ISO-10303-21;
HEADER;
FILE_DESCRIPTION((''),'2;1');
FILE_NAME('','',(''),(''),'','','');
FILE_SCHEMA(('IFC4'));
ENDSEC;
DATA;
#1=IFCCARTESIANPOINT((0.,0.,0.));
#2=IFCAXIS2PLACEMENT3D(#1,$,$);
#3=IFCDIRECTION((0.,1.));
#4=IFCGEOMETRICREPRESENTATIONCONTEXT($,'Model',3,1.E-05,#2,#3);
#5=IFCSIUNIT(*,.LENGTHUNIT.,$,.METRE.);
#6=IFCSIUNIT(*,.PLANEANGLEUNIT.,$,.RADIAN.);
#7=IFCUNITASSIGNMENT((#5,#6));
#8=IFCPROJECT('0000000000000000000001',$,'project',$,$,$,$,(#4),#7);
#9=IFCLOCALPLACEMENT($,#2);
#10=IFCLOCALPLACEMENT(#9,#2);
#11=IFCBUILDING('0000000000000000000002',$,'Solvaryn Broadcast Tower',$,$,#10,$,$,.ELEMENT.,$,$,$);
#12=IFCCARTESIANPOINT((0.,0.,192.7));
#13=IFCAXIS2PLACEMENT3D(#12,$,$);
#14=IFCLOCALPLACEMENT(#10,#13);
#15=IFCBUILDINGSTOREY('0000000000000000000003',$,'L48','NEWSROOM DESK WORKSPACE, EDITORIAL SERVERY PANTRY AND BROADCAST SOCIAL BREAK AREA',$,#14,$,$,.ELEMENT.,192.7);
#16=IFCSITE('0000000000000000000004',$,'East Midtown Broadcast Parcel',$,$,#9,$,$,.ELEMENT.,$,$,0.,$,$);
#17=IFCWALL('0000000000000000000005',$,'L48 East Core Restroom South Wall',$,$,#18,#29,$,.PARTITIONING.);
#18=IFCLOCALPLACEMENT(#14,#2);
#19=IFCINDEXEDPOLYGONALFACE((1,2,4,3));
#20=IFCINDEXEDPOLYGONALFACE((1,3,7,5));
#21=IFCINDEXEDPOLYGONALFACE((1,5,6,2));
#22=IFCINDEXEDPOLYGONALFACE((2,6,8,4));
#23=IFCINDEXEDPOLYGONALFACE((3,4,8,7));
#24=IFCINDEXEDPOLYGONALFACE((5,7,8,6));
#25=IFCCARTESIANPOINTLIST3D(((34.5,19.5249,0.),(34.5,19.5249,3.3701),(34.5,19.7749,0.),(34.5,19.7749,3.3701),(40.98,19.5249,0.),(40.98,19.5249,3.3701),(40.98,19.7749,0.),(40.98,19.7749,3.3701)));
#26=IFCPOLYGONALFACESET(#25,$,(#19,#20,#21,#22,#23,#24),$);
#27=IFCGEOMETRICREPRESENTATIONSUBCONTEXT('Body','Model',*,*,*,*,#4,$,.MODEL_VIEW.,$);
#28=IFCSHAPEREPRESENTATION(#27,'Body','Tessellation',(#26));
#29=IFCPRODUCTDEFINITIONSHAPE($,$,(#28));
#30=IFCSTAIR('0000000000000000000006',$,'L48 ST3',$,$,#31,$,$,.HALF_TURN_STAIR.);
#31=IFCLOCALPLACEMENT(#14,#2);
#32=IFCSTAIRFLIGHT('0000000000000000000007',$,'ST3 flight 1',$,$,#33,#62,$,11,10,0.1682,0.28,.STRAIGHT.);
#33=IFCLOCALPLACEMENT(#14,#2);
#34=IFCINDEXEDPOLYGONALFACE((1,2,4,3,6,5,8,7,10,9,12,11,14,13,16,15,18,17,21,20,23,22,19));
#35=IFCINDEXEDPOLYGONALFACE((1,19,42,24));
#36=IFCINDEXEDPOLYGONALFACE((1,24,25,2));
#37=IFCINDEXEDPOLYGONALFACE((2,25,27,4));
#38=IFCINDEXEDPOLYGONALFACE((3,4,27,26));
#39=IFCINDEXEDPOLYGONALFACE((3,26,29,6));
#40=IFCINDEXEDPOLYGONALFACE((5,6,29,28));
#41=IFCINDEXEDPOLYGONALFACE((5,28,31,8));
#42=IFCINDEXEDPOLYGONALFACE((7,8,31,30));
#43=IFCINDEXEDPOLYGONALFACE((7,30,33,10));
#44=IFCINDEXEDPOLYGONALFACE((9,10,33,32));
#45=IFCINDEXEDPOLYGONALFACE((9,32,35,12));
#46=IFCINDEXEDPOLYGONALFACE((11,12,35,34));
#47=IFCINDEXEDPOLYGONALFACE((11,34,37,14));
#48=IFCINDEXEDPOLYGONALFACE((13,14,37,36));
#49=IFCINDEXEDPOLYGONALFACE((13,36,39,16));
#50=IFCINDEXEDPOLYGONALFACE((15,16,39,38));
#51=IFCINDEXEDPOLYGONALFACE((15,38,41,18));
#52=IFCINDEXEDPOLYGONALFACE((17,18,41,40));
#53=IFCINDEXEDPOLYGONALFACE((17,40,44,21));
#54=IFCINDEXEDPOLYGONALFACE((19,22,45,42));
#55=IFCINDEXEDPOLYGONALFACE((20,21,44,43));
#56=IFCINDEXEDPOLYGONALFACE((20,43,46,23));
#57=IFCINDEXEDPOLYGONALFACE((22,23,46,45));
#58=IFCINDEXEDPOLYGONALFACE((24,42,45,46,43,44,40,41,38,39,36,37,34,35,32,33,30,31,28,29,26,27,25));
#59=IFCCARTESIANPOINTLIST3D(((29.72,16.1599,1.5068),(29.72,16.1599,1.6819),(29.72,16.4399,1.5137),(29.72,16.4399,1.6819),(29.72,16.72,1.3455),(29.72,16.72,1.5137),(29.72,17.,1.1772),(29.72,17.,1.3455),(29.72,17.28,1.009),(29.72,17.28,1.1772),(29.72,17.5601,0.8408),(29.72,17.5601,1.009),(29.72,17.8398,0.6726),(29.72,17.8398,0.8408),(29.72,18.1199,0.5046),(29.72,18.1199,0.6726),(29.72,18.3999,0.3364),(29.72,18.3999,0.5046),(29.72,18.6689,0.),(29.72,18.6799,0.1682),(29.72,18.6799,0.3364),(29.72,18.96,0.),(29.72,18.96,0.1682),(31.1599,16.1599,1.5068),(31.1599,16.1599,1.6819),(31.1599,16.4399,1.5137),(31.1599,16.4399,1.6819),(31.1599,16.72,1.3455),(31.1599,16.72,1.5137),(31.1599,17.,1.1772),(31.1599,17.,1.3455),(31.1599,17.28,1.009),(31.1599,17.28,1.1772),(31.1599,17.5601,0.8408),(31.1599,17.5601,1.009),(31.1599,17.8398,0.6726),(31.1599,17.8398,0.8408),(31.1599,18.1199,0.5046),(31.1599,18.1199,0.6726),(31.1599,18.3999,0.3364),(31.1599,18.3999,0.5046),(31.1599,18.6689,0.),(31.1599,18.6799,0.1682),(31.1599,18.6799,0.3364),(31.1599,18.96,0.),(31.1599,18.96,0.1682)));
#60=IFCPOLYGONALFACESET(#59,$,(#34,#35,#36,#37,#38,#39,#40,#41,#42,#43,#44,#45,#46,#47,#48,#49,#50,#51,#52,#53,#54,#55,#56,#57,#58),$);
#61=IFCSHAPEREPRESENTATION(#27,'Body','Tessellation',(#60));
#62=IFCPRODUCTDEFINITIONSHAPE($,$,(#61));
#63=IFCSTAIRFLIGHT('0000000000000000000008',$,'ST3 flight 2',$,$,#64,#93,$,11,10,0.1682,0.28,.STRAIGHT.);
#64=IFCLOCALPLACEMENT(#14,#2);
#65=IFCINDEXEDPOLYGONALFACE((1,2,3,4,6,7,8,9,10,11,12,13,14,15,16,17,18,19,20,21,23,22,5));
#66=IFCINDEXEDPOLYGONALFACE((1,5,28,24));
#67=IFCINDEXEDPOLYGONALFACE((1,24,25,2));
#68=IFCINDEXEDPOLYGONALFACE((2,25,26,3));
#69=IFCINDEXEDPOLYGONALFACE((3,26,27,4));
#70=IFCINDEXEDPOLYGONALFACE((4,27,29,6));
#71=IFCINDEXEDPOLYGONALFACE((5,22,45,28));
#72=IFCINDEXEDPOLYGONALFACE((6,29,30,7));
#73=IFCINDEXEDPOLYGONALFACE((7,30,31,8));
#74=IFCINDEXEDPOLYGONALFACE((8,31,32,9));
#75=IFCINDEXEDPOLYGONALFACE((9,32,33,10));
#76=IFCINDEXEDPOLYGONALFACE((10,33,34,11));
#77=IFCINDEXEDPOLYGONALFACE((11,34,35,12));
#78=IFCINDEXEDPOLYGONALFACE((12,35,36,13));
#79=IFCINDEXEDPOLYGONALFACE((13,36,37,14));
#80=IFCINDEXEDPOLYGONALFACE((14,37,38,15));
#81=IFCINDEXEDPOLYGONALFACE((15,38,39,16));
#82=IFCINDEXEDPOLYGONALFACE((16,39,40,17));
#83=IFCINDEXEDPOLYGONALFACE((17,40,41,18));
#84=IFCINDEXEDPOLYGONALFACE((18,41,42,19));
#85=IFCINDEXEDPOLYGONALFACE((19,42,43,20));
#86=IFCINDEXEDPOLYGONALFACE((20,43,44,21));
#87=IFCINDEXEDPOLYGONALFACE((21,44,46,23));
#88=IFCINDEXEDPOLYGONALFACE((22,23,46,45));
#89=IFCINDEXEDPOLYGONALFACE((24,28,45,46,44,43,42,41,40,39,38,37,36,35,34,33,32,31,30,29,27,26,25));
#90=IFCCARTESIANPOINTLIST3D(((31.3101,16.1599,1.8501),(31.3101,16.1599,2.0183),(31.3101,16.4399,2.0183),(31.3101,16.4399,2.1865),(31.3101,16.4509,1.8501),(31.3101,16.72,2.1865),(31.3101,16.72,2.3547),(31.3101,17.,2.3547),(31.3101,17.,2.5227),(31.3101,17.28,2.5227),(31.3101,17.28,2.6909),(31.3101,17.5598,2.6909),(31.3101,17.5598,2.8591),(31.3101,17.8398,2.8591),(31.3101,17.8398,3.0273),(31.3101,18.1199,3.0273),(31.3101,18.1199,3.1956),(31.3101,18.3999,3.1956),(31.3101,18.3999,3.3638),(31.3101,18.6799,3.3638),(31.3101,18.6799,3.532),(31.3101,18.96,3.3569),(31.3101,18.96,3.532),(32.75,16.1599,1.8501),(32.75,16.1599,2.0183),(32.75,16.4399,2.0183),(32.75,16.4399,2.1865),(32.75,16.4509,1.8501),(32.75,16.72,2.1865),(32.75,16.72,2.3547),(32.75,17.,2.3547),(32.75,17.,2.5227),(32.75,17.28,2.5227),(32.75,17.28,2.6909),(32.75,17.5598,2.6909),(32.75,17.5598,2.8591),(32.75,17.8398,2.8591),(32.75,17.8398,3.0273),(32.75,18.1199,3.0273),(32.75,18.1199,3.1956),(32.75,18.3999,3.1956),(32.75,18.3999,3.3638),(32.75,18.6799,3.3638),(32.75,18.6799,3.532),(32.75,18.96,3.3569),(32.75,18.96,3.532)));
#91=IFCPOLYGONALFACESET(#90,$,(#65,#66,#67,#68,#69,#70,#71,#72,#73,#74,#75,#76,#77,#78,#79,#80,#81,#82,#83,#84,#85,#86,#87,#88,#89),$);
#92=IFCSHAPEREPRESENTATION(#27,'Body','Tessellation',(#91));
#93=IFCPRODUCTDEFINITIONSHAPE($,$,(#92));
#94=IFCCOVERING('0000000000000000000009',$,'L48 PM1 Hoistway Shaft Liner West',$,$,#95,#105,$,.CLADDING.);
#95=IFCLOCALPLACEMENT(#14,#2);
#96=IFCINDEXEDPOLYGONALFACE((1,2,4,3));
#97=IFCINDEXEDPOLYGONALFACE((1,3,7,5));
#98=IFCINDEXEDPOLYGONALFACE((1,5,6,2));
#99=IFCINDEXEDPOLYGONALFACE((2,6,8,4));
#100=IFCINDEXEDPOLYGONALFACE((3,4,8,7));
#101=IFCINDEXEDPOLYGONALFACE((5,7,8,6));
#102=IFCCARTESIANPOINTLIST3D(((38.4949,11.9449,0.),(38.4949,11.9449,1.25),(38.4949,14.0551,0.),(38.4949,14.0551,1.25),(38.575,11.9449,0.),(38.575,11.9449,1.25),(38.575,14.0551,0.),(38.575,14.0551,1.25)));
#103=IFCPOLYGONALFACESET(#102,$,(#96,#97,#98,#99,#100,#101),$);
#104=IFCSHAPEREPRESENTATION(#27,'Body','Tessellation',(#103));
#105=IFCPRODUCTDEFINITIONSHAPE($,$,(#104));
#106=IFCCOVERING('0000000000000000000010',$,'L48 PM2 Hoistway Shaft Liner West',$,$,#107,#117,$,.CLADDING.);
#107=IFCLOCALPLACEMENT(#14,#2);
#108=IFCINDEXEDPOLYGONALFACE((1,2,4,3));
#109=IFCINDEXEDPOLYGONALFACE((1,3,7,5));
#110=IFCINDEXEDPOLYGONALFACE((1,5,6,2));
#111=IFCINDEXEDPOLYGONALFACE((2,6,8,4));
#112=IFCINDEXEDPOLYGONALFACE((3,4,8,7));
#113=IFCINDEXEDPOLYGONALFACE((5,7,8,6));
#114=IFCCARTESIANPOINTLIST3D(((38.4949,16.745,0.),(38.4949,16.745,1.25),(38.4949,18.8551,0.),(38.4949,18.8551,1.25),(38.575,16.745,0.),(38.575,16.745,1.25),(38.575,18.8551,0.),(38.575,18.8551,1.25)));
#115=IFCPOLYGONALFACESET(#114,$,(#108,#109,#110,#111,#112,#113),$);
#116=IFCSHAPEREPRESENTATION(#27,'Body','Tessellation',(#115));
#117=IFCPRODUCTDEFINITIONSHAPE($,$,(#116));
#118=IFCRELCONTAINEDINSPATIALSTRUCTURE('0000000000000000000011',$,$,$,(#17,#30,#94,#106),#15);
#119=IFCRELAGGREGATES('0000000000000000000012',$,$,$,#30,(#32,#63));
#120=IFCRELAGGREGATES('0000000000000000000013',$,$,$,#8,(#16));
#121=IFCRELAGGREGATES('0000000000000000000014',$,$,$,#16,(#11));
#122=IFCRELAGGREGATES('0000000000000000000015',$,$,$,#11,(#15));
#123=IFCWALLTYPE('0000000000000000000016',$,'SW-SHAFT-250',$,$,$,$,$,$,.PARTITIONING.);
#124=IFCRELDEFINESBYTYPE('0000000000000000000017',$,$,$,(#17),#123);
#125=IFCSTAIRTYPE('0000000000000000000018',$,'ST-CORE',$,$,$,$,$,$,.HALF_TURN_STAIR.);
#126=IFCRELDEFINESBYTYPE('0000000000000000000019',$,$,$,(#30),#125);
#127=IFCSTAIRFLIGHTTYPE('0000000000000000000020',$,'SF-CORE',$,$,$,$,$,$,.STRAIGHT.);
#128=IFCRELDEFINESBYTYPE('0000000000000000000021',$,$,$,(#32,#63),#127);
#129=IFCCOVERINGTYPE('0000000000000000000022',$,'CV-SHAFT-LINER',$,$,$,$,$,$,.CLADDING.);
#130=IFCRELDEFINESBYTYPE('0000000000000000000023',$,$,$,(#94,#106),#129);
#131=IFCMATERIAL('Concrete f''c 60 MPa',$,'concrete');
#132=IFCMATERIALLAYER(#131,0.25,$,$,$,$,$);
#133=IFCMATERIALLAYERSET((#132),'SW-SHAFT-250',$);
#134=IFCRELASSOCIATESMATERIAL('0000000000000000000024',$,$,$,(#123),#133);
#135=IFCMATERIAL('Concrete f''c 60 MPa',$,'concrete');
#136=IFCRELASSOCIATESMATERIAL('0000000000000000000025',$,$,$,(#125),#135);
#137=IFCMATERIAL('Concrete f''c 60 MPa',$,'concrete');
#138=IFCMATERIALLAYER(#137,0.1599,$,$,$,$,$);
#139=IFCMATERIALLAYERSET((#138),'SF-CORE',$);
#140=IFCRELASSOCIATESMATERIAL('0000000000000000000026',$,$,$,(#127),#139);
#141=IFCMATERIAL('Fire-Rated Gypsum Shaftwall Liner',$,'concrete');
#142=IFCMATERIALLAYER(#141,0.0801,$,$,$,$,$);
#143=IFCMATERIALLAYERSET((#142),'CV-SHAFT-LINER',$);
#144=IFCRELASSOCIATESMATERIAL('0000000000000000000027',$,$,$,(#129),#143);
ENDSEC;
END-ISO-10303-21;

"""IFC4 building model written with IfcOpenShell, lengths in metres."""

from ifc_helpers import new_model, si_unit, direction, frame, frame_2d, origin, origin_2d, place, context, subcontext, project, spatial, polyline, rectangle, outline, extrude, material, layer, layer_set, type_object, element, aggregate, save


model = new_model("IFC4")

# Units and contexts
model_context = context("Model", 3, precision=1e-05, world=origin(), true_north=direction((0.0, 1.0)))
body_context = subcontext(model_context, "Body", "Model", "MODEL_VIEW")
ifc_project = project(units=[si_unit("LENGTHUNIT", "METRE"), si_unit("PLANEANGLEUNIT", "RADIAN")], contexts=[model_context])

# Site, building, storey
site_placement = place(None, origin())
site = spatial("IfcSite", under=ifc_project, at=site_placement, Name="East Midtown Broadcast Parcel", CompositionType="ELEMENT", RefElevation=0.0)
building_placement = place(site_placement, origin())
building = spatial("IfcBuilding", under=site, at=building_placement, Name="Solvaryn Broadcast Tower", CompositionType="ELEMENT")
storey_placement = place(building_placement, frame((0.0, 0.0, 192.7)))
storey = spatial("IfcBuildingStorey", under=building, at=storey_placement, Name="L48", Description="NEWSROOM DESK WORKSPACE, EDITORIAL SERVERY PANTRY AND BROADCAST SOCIAL BREAK AREA", CompositionType="ELEMENT", Elevation=192.7)

# Wall
ifc_material_1 = material(Name="Concrete f'c 60 MPa", Category="concrete")
ifc_layer_1 = layer(ifc_material_1, 0.25)
ifc_layer_set_1 = layer_set([ifc_layer_1], Name="SW-SHAFT-250")
wall_type_1 = type_object("IfcWallType", Name="SW-SHAFT-250", PredefinedType="PARTITIONING", material=ifc_layer_set_1)
wall_1_placement = place(storey_placement, frame((34.5, 19.6499, 0.0), z_axis=(0.0, 0.0, 1.0), x_axis=(1.0, 0.0, 0.0)))
element("IfcWall", 1, at=wall_1_placement, inside=storey, type_object=wall_type_1, Name="L48 East Core Restroom South Wall", PredefinedType="PARTITIONING", context=body_context, shape_type="SweptSolid", body=[
    extrude(rectangle(XDim=6.48, YDim=0.25, at=frame_2d((3.24, 0.0))), origin(), (0.0, 0.0, 1.0), 3.3701),
])

# Stair, stair flights
ifc_material_2 = material(Name="Concrete f'c 60 MPa", Category="concrete")
stair_type = type_object("IfcStairType", Name="ST-CORE", PredefinedType="HALF_TURN_STAIR", material=ifc_material_2)
stair_placement = place(storey_placement, origin())
stair = element("IfcStair", 2, at=stair_placement, inside=storey, type_object=stair_type, Name="L48 ST3", PredefinedType="HALF_TURN_STAIR")
ifc_material_3 = material(Name="Concrete f'c 60 MPa", Category="concrete")
ifc_layer_2 = layer(ifc_material_3, 0.1599)
ifc_layer_set_2 = layer_set([ifc_layer_2], Name="SF-CORE")
stair_flight_type = type_object("IfcStairFlightType", Name="SF-CORE", PredefinedType="STRAIGHT", material=ifc_layer_set_2)
stair_flight_1_placement = place(storey_placement, frame((30.4399, 18.96, 0.0), z_axis=(0.0, 0.0, 1.0), x_axis=(0.0, -1.0, 0.0)))
stair_flight_1 = element("IfcStairFlight", 3, at=stair_flight_1_placement, type_object=stair_flight_type, Name="ST3 flight 1", NumberOfRisers=11, NumberOfTreads=10, PredefinedType="STRAIGHT", RiserHeight=0.1682, TreadLength=0.28, context=body_context, shape_type="SweptSolid", body=[
    extrude(outline(polyline([(0.0, 0.0), (0.0, 0.1682), (0.28, 0.1682), (0.28, 0.3364), (0.5601, 0.3364), (0.5601, 0.5046), (0.8401, 0.5046), (0.8401, 0.6726), (1.1201, 0.6726), (1.1201, 0.8408), (1.3999, 0.8408), (1.3999, 1.009), (1.6799, 1.009), (1.6799, 1.1772), (1.96, 1.1772), (1.96, 1.3455), (2.24, 1.3455), (2.24, 1.5137), (2.52, 1.5137), (2.52, 1.6819), (2.8, 1.6819), (2.8, 1.8501), (2.8, 1.5068), (0.291, 0.0), (0.0, 0.0)])), frame((0.0, 0.72, 0.0), z_axis=(0.0, -1.0, 0.0), x_axis=(1.0, 0.0, 0.0)), (0.0, 0.0, 1.0), 1.4399),
])
stair_flight_2_placement = place(storey_placement, frame((32.03, 16.1599, 1.8501), z_axis=(0.0, 0.0, 1.0), x_axis=(0.0, 1.0, 0.0)))
stair_flight_2 = element("IfcStairFlight", 4, at=stair_flight_2_placement, type_object=stair_flight_type, Name="ST3 flight 2", NumberOfRisers=11, NumberOfTreads=10, PredefinedType="STRAIGHT", RiserHeight=0.1682, TreadLength=0.28, context=body_context, shape_type="SweptSolid", body=[
    extrude(outline(polyline([(0.0, 0.0), (0.0, 0.1682), (0.28, 0.1682), (0.28, 0.3364), (0.5601, 0.3364), (0.5601, 0.5046), (0.8401, 0.5046), (0.8401, 0.6726), (1.1201, 0.6726), (1.1201, 0.8408), (1.3999, 0.8408), (1.3999, 1.009), (1.6799, 1.009), (1.6799, 1.1772), (1.96, 1.1772), (1.96, 1.3455), (2.24, 1.3455), (2.24, 1.5137), (2.52, 1.5137), (2.52, 1.6819), (2.8, 1.6819), (2.8, 1.8501), (2.8, 1.5068), (0.291, 0.0), (0.0, 0.0)])), frame((0.0, 0.72, 0.0), z_axis=(0.0, -1.0, 0.0), x_axis=(1.0, 0.0, 0.0)), (0.0, 0.0, 1.0), 1.4399),
])
aggregate(stair, [stair_flight_1, stair_flight_2])

# Coverings
ifc_material_4 = material(Name="Fire-Rated Gypsum Shaftwall Liner", Category="concrete")
ifc_layer_3 = layer(ifc_material_4, 0.0801)
ifc_layer_set_3 = layer_set([ifc_layer_3], Name="CV-SHAFT-LINER")
covering_type = type_object("IfcCoveringType", Name="CV-SHAFT-LINER", PredefinedType="CLADDING", material=ifc_layer_set_3)
for number, where, z_axis, x_axis, name in (
    (5, (38.5349, 13.0, 0.0), (0.0, 0.0, 1.0), (1.0, 0.0, 0.0), "L48 PM1 Hoistway Shaft Liner West"),
    (6, (38.5349, 17.8, 0.0), (0.0, 0.0, 1.0), (1.0, 0.0, 0.0), "L48 PM2 Hoistway Shaft Liner West"),
):
    element("IfcCovering", number, at=place(storey_placement, frame(where, z_axis=z_axis, x_axis=x_axis)), inside=storey, type_object=covering_type, Name=name, PredefinedType="CLADDING", context=body_context, shape_type="SweptSolid", body=[
        extrude(rectangle(XDim=0.0801, YDim=2.1101, at=origin_2d()), origin(), (0.0, 0.0, 1.0), 1.25),
    ])

save(model, "model.ifc")
